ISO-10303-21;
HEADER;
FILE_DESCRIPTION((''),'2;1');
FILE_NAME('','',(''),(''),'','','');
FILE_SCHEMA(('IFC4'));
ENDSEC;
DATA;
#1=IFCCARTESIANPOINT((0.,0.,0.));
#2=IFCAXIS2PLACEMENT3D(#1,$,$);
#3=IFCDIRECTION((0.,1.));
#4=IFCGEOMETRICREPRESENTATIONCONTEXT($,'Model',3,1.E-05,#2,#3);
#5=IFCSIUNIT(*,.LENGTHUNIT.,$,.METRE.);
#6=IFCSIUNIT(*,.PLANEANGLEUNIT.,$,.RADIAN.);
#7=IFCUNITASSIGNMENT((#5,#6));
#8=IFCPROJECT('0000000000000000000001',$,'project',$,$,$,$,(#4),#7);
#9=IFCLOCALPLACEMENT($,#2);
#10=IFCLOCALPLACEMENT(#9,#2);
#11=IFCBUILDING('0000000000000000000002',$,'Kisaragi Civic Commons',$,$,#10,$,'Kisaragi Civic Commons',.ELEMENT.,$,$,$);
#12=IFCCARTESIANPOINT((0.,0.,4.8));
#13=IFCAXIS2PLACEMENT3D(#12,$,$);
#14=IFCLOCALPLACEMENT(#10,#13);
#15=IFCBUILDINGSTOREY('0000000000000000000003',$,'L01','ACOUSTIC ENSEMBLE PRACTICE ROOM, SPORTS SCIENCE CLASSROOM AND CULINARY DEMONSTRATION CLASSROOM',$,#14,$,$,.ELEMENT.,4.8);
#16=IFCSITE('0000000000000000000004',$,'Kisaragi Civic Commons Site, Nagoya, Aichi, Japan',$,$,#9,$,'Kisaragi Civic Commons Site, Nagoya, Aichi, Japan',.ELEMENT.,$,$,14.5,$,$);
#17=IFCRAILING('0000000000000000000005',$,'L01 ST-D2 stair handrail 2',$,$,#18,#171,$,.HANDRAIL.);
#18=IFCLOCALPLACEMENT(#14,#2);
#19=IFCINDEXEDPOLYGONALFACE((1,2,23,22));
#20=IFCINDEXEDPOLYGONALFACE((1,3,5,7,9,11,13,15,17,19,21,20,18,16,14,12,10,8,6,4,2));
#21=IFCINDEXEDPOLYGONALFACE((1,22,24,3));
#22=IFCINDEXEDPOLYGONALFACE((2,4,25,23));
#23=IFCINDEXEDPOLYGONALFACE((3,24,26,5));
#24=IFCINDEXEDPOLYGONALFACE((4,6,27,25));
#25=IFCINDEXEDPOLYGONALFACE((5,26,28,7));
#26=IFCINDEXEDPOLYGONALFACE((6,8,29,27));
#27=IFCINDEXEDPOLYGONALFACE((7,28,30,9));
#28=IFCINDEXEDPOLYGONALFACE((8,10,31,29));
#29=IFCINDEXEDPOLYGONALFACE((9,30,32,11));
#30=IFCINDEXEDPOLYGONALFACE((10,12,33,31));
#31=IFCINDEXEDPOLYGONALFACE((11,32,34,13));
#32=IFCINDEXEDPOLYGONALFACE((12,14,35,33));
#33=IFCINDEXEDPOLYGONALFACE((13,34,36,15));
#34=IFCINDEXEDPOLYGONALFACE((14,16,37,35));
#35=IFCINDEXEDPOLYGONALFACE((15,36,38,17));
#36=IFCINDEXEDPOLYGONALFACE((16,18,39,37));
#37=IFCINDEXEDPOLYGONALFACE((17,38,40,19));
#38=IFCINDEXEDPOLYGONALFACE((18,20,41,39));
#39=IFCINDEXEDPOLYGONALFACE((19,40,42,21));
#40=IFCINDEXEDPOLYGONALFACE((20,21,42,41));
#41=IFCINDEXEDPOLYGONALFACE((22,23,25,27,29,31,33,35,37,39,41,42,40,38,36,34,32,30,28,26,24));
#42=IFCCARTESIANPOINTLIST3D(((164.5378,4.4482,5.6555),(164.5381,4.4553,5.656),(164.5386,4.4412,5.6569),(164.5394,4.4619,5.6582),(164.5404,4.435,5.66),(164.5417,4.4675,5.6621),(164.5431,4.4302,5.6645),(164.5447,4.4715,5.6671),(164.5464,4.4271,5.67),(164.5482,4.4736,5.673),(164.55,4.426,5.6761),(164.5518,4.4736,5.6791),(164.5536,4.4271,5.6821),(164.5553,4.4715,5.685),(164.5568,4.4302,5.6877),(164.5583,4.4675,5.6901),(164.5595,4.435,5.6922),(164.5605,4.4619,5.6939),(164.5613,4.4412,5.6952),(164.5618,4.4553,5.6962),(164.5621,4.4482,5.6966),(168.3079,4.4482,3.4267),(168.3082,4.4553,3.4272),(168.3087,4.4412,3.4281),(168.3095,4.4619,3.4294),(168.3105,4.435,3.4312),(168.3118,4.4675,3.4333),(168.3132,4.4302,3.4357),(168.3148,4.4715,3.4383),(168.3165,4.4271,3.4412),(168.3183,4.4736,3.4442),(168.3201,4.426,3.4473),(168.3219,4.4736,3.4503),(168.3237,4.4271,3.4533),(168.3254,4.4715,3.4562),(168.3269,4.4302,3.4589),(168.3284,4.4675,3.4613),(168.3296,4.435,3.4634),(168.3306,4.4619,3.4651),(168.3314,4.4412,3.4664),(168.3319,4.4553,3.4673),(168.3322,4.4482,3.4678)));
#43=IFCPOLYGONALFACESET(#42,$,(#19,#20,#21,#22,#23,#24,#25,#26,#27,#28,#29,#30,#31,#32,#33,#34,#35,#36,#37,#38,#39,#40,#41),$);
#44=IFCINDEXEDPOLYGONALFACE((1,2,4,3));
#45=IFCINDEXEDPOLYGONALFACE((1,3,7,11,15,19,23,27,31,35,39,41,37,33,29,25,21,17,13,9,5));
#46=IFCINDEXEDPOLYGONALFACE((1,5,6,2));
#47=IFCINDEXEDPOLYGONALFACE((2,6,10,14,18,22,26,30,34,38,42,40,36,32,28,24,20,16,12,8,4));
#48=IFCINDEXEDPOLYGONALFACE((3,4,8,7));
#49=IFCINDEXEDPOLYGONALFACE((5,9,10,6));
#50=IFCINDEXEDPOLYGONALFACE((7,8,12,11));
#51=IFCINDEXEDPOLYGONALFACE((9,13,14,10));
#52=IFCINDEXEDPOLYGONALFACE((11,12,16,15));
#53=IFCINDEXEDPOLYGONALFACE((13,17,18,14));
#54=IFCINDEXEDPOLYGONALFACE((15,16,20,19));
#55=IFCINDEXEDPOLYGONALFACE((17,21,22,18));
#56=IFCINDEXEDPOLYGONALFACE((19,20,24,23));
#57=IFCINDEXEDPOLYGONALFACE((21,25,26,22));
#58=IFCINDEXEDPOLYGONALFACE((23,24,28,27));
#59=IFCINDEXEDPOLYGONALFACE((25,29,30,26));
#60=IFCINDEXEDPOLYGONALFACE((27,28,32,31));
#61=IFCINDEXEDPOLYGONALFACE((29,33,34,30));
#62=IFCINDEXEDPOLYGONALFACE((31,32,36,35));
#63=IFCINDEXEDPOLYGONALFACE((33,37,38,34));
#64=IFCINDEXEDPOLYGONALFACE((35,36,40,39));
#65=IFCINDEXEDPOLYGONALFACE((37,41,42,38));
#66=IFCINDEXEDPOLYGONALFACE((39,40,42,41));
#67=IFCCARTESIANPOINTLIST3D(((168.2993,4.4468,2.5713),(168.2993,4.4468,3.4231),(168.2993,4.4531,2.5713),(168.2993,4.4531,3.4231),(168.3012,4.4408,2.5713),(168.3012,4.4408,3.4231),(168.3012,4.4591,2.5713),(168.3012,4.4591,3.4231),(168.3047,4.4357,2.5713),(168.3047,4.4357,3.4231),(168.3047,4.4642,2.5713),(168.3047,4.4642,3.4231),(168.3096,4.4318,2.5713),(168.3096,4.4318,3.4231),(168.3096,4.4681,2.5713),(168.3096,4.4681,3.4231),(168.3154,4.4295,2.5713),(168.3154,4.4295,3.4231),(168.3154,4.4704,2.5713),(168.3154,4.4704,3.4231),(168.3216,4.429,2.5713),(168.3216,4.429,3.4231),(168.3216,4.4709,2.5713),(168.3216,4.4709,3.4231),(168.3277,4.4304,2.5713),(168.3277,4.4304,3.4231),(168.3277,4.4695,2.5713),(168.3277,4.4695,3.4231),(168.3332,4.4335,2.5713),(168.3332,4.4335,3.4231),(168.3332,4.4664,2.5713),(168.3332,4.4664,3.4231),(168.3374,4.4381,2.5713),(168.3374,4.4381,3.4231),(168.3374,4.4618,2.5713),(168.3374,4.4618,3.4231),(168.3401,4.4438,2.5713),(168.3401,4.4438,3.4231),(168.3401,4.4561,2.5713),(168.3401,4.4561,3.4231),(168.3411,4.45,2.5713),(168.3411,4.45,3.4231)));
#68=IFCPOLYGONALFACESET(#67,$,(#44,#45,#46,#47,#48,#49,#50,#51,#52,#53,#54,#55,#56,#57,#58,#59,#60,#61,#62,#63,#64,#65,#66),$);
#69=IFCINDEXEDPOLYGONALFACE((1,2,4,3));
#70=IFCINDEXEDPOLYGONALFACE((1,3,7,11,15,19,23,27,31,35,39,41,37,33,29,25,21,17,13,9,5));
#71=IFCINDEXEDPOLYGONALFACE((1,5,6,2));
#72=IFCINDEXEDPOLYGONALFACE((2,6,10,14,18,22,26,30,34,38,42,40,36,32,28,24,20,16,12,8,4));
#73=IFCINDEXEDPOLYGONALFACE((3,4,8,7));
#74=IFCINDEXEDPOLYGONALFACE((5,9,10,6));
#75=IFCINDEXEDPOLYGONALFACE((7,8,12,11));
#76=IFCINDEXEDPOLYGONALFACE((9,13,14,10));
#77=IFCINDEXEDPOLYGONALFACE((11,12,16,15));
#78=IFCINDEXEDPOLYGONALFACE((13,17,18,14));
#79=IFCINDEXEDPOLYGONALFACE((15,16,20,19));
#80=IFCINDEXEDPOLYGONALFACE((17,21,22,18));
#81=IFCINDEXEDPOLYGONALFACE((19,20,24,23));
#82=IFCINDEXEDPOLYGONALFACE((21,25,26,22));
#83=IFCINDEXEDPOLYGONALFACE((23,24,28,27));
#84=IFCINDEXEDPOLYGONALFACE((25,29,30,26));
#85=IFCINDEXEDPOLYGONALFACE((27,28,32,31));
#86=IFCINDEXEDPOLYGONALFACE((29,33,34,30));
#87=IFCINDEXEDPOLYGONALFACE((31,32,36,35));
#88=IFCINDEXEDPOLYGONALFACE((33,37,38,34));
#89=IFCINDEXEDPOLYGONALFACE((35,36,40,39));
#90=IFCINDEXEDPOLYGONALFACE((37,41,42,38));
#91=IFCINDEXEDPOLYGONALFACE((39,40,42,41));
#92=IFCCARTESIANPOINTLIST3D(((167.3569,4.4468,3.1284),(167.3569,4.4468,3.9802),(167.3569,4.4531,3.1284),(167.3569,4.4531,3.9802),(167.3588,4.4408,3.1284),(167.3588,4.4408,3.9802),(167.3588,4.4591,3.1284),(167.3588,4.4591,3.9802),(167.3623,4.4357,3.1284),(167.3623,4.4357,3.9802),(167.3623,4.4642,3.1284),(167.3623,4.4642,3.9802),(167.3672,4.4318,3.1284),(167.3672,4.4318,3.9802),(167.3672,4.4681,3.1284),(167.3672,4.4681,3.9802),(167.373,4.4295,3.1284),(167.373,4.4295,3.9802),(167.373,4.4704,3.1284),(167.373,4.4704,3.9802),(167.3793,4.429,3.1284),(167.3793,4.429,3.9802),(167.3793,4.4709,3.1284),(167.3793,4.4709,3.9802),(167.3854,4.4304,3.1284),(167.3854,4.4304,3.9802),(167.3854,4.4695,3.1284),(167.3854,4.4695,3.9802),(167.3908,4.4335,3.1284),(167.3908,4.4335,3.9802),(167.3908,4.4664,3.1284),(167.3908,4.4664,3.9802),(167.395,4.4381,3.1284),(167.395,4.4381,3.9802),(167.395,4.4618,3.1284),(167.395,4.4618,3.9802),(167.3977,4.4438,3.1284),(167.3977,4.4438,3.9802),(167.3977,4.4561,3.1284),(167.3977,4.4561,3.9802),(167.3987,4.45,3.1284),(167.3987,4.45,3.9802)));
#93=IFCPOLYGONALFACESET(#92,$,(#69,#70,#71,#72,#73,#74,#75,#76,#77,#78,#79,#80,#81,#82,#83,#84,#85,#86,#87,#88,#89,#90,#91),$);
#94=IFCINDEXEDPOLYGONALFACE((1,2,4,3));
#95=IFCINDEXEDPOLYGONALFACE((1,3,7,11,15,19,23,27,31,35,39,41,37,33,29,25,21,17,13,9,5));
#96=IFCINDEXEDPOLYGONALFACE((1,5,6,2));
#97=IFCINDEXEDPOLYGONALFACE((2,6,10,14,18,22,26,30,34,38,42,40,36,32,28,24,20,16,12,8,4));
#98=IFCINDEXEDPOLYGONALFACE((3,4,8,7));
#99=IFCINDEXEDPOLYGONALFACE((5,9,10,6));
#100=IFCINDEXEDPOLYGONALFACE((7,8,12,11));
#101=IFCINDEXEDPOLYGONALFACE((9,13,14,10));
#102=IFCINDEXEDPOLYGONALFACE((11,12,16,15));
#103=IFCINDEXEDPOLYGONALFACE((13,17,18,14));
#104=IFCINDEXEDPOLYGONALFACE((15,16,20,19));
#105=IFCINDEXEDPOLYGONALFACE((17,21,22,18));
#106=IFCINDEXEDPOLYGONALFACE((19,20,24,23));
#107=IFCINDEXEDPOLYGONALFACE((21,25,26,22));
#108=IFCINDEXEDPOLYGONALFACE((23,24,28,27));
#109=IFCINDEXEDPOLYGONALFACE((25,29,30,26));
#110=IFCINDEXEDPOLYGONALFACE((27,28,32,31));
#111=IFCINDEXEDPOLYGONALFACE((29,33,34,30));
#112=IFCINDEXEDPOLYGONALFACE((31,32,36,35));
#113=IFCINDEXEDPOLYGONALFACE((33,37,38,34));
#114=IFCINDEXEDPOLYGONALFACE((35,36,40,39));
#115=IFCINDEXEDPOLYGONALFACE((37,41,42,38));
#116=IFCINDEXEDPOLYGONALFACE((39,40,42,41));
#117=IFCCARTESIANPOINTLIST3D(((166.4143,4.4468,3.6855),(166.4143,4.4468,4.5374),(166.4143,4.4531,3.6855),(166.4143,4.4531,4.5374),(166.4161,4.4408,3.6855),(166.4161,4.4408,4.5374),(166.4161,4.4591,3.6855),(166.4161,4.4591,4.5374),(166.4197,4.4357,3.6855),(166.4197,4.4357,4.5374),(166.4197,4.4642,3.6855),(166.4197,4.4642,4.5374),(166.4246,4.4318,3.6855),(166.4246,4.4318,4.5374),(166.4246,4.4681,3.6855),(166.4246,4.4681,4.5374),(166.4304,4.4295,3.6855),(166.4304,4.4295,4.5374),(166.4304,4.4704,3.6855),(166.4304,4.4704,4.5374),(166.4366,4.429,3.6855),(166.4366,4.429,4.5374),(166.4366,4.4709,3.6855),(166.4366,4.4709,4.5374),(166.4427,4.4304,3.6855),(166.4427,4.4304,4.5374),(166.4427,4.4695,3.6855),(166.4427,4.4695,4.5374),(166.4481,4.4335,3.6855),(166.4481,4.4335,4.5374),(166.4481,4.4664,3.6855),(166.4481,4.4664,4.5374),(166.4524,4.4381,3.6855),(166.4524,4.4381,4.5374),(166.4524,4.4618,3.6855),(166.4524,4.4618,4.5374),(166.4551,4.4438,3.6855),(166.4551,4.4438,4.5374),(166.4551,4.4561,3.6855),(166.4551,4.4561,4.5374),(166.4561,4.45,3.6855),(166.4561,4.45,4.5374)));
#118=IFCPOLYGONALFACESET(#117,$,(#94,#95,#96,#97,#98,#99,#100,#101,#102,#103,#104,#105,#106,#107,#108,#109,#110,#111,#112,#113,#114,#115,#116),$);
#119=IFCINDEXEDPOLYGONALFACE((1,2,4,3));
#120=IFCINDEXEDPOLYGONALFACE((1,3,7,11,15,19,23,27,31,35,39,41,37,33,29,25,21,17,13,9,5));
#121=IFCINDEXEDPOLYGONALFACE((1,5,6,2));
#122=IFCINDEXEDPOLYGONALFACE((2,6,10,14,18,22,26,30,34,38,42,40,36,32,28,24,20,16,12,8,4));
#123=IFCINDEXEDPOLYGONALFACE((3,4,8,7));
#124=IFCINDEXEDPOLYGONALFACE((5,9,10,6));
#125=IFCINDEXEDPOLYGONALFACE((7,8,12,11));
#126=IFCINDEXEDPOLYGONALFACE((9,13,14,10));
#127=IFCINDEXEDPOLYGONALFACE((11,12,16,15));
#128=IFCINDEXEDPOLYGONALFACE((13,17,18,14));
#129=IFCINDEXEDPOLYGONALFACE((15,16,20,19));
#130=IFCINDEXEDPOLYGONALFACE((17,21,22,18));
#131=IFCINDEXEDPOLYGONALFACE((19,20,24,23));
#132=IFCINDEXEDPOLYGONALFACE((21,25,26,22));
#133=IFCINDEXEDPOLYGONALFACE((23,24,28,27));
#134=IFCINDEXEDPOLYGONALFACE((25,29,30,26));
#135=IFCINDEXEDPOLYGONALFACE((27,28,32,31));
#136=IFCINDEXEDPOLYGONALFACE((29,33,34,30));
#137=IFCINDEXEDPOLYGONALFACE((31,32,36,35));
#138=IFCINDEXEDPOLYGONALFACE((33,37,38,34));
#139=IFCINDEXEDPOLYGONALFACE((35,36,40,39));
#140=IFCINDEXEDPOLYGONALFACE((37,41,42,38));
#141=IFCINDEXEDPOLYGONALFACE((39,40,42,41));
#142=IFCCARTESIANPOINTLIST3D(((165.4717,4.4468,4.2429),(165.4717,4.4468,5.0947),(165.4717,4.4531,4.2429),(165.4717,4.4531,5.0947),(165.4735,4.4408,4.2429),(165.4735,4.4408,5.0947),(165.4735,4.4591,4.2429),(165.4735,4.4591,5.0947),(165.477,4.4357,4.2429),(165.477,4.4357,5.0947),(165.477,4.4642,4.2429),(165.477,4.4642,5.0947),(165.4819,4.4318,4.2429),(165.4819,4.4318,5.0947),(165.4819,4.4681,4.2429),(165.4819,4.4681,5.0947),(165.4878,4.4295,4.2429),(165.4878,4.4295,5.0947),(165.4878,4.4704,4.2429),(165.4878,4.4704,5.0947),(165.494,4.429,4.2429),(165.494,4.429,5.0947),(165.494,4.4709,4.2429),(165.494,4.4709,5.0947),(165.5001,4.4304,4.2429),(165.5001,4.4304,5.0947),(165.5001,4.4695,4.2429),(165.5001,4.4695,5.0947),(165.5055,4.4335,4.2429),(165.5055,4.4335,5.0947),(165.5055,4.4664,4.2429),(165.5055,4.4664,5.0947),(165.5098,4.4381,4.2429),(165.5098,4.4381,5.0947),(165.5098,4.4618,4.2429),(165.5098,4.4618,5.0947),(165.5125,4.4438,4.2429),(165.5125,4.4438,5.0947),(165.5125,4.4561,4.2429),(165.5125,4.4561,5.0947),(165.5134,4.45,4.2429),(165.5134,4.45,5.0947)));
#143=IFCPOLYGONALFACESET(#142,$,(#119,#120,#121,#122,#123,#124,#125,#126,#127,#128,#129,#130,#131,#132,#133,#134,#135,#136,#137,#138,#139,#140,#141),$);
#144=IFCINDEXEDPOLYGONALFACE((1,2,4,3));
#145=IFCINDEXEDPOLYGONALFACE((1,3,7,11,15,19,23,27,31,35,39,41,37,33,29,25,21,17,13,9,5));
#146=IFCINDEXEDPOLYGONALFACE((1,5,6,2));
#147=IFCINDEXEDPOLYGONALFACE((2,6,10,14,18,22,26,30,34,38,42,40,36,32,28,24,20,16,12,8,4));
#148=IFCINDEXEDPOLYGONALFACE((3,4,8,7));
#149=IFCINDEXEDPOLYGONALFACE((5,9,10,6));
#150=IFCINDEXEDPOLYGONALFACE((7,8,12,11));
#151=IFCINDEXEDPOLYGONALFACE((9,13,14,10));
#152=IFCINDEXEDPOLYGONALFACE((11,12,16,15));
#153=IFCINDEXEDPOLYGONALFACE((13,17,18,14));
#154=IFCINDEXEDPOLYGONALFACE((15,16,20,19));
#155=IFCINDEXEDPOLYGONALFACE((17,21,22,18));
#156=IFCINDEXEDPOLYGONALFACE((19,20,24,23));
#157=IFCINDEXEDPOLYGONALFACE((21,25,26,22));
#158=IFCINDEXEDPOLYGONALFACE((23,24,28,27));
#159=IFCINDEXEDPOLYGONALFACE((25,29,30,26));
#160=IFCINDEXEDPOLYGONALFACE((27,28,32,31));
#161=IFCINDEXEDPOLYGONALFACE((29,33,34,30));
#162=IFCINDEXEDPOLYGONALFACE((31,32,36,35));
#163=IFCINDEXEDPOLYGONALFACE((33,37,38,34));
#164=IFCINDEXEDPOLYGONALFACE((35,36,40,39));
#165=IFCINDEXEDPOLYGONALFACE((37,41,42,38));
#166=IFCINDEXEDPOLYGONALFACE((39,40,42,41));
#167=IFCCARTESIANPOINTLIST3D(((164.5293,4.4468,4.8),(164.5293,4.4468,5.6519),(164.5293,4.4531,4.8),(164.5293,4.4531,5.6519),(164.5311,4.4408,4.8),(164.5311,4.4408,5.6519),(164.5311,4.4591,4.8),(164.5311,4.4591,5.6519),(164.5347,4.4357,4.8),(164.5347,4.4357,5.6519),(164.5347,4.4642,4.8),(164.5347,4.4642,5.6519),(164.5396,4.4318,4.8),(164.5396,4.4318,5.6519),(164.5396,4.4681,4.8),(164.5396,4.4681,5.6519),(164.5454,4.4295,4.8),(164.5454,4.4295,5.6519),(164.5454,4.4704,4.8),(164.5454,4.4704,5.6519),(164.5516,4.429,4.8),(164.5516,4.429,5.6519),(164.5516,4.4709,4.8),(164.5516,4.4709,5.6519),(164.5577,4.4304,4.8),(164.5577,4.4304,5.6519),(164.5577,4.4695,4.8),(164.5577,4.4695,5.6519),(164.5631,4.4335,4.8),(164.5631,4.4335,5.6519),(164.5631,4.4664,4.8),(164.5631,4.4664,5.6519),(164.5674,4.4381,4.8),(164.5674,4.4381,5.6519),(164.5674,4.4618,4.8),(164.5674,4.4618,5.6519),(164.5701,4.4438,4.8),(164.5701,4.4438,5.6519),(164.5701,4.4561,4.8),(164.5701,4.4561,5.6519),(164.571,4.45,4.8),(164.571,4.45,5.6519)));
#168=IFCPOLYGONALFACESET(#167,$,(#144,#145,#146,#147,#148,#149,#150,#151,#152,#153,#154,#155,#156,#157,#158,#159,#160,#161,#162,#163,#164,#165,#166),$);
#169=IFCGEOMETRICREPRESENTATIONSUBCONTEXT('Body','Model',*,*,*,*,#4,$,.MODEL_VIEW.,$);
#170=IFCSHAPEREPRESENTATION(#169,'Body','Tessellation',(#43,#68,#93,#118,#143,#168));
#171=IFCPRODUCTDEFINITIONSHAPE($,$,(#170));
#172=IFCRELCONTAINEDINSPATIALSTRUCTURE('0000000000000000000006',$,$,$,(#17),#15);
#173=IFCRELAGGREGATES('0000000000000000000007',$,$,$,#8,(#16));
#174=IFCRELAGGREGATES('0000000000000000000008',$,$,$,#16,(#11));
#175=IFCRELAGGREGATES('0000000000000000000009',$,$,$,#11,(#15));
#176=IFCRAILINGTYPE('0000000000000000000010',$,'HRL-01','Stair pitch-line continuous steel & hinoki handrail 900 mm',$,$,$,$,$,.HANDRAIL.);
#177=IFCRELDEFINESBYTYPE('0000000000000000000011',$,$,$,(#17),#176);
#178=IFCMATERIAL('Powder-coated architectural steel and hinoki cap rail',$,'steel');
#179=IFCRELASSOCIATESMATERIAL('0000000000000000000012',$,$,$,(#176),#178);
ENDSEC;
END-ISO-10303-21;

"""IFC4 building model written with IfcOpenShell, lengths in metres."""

from ifc_helpers import new_model, si_unit, direction, frame, origin, origin_2d, place, context, subcontext, project, spatial, circle, extrude, material, type_object, element, save


model = new_model("IFC4")

# Units and contexts
model_context = context("Model", 3, precision=1e-05, world=origin(), true_north=direction((0.0, 1.0)))
body_context = subcontext(model_context, "Body", "Model", "MODEL_VIEW")
ifc_project = project(units=[si_unit("LENGTHUNIT", "METRE"), si_unit("PLANEANGLEUNIT", "RADIAN")], contexts=[model_context])

# Site, building, storey
site_placement = place(None, origin())
site = spatial("IfcSite", under=ifc_project, at=site_placement, Name="Kisaragi Civic Commons Site, Nagoya, Aichi, Japan", LongName="Kisaragi Civic Commons Site, Nagoya, Aichi, Japan", CompositionType="ELEMENT", RefElevation=14.5)
building_placement = place(site_placement, origin())
building = spatial("IfcBuilding", under=site, at=building_placement, Name="Kisaragi Civic Commons", LongName="Kisaragi Civic Commons", CompositionType="ELEMENT")
storey_placement = place(building_placement, frame((0.0, 0.0, 4.8)))
storey = spatial("IfcBuildingStorey", under=building, at=storey_placement, Name="L01", Description="ACOUSTIC ENSEMBLE PRACTICE ROOM, SPORTS SCIENCE CLASSROOM AND CULINARY DEMONSTRATION CLASSROOM", CompositionType="ELEMENT", Elevation=4.8)

# Railing
ifc_material_1 = material(Name="Powder-coated architectural steel and hinoki cap rail", Category="steel")
railing_type_1 = type_object("IfcRailingType", Name="HRL-01", Description="Stair pitch-line continuous steel & hinoki handrail 900 mm", PredefinedType="HANDRAIL", material=ifc_material_1)
railing_1_placement = place(storey_placement, frame((168.3201, 4.45, 2.5713)))
element("IfcRailing", 1, at=railing_1_placement, inside=storey, type_object=railing_type_1, Name="L01 ST-D2 stair handrail 2", PredefinedType="HANDRAIL", context=body_context, shape_type="SweptSolid", body=[
    extrude(circle(Radius=0.0239, at=origin_2d()), frame((0.0, 0.0, 0.876), z_axis=(-0.860824, 0.0, 0.508902), x_axis=(0.0, -1.0, 0.0)), (0.0, 0.0, 1.0), 4.3796),
    extrude(circle(Radius=0.021, at=origin_2d()), origin(), (0.0, 0.0, 1.0), 0.8518),
    extrude(circle(Radius=0.021, at=origin_2d()), frame((-0.9424, 0.0, 0.5571)), (0.0, 0.0, 1.0), 0.8518),
    extrude(circle(Radius=0.021, at=origin_2d()), frame((-1.885, 0.0, 1.1143)), (0.0, 0.0, 1.0), 0.8518),
    extrude(circle(Radius=0.021, at=origin_2d()), frame((-2.8276, 0.0, 1.6716)), (0.0, 0.0, 1.0), 0.8518),
    extrude(circle(Radius=0.021, at=origin_2d()), frame((-3.77, 0.0, 2.2288)), (0.0, 0.0, 1.0), 0.8518),
])

save(model, "model.ifc")
